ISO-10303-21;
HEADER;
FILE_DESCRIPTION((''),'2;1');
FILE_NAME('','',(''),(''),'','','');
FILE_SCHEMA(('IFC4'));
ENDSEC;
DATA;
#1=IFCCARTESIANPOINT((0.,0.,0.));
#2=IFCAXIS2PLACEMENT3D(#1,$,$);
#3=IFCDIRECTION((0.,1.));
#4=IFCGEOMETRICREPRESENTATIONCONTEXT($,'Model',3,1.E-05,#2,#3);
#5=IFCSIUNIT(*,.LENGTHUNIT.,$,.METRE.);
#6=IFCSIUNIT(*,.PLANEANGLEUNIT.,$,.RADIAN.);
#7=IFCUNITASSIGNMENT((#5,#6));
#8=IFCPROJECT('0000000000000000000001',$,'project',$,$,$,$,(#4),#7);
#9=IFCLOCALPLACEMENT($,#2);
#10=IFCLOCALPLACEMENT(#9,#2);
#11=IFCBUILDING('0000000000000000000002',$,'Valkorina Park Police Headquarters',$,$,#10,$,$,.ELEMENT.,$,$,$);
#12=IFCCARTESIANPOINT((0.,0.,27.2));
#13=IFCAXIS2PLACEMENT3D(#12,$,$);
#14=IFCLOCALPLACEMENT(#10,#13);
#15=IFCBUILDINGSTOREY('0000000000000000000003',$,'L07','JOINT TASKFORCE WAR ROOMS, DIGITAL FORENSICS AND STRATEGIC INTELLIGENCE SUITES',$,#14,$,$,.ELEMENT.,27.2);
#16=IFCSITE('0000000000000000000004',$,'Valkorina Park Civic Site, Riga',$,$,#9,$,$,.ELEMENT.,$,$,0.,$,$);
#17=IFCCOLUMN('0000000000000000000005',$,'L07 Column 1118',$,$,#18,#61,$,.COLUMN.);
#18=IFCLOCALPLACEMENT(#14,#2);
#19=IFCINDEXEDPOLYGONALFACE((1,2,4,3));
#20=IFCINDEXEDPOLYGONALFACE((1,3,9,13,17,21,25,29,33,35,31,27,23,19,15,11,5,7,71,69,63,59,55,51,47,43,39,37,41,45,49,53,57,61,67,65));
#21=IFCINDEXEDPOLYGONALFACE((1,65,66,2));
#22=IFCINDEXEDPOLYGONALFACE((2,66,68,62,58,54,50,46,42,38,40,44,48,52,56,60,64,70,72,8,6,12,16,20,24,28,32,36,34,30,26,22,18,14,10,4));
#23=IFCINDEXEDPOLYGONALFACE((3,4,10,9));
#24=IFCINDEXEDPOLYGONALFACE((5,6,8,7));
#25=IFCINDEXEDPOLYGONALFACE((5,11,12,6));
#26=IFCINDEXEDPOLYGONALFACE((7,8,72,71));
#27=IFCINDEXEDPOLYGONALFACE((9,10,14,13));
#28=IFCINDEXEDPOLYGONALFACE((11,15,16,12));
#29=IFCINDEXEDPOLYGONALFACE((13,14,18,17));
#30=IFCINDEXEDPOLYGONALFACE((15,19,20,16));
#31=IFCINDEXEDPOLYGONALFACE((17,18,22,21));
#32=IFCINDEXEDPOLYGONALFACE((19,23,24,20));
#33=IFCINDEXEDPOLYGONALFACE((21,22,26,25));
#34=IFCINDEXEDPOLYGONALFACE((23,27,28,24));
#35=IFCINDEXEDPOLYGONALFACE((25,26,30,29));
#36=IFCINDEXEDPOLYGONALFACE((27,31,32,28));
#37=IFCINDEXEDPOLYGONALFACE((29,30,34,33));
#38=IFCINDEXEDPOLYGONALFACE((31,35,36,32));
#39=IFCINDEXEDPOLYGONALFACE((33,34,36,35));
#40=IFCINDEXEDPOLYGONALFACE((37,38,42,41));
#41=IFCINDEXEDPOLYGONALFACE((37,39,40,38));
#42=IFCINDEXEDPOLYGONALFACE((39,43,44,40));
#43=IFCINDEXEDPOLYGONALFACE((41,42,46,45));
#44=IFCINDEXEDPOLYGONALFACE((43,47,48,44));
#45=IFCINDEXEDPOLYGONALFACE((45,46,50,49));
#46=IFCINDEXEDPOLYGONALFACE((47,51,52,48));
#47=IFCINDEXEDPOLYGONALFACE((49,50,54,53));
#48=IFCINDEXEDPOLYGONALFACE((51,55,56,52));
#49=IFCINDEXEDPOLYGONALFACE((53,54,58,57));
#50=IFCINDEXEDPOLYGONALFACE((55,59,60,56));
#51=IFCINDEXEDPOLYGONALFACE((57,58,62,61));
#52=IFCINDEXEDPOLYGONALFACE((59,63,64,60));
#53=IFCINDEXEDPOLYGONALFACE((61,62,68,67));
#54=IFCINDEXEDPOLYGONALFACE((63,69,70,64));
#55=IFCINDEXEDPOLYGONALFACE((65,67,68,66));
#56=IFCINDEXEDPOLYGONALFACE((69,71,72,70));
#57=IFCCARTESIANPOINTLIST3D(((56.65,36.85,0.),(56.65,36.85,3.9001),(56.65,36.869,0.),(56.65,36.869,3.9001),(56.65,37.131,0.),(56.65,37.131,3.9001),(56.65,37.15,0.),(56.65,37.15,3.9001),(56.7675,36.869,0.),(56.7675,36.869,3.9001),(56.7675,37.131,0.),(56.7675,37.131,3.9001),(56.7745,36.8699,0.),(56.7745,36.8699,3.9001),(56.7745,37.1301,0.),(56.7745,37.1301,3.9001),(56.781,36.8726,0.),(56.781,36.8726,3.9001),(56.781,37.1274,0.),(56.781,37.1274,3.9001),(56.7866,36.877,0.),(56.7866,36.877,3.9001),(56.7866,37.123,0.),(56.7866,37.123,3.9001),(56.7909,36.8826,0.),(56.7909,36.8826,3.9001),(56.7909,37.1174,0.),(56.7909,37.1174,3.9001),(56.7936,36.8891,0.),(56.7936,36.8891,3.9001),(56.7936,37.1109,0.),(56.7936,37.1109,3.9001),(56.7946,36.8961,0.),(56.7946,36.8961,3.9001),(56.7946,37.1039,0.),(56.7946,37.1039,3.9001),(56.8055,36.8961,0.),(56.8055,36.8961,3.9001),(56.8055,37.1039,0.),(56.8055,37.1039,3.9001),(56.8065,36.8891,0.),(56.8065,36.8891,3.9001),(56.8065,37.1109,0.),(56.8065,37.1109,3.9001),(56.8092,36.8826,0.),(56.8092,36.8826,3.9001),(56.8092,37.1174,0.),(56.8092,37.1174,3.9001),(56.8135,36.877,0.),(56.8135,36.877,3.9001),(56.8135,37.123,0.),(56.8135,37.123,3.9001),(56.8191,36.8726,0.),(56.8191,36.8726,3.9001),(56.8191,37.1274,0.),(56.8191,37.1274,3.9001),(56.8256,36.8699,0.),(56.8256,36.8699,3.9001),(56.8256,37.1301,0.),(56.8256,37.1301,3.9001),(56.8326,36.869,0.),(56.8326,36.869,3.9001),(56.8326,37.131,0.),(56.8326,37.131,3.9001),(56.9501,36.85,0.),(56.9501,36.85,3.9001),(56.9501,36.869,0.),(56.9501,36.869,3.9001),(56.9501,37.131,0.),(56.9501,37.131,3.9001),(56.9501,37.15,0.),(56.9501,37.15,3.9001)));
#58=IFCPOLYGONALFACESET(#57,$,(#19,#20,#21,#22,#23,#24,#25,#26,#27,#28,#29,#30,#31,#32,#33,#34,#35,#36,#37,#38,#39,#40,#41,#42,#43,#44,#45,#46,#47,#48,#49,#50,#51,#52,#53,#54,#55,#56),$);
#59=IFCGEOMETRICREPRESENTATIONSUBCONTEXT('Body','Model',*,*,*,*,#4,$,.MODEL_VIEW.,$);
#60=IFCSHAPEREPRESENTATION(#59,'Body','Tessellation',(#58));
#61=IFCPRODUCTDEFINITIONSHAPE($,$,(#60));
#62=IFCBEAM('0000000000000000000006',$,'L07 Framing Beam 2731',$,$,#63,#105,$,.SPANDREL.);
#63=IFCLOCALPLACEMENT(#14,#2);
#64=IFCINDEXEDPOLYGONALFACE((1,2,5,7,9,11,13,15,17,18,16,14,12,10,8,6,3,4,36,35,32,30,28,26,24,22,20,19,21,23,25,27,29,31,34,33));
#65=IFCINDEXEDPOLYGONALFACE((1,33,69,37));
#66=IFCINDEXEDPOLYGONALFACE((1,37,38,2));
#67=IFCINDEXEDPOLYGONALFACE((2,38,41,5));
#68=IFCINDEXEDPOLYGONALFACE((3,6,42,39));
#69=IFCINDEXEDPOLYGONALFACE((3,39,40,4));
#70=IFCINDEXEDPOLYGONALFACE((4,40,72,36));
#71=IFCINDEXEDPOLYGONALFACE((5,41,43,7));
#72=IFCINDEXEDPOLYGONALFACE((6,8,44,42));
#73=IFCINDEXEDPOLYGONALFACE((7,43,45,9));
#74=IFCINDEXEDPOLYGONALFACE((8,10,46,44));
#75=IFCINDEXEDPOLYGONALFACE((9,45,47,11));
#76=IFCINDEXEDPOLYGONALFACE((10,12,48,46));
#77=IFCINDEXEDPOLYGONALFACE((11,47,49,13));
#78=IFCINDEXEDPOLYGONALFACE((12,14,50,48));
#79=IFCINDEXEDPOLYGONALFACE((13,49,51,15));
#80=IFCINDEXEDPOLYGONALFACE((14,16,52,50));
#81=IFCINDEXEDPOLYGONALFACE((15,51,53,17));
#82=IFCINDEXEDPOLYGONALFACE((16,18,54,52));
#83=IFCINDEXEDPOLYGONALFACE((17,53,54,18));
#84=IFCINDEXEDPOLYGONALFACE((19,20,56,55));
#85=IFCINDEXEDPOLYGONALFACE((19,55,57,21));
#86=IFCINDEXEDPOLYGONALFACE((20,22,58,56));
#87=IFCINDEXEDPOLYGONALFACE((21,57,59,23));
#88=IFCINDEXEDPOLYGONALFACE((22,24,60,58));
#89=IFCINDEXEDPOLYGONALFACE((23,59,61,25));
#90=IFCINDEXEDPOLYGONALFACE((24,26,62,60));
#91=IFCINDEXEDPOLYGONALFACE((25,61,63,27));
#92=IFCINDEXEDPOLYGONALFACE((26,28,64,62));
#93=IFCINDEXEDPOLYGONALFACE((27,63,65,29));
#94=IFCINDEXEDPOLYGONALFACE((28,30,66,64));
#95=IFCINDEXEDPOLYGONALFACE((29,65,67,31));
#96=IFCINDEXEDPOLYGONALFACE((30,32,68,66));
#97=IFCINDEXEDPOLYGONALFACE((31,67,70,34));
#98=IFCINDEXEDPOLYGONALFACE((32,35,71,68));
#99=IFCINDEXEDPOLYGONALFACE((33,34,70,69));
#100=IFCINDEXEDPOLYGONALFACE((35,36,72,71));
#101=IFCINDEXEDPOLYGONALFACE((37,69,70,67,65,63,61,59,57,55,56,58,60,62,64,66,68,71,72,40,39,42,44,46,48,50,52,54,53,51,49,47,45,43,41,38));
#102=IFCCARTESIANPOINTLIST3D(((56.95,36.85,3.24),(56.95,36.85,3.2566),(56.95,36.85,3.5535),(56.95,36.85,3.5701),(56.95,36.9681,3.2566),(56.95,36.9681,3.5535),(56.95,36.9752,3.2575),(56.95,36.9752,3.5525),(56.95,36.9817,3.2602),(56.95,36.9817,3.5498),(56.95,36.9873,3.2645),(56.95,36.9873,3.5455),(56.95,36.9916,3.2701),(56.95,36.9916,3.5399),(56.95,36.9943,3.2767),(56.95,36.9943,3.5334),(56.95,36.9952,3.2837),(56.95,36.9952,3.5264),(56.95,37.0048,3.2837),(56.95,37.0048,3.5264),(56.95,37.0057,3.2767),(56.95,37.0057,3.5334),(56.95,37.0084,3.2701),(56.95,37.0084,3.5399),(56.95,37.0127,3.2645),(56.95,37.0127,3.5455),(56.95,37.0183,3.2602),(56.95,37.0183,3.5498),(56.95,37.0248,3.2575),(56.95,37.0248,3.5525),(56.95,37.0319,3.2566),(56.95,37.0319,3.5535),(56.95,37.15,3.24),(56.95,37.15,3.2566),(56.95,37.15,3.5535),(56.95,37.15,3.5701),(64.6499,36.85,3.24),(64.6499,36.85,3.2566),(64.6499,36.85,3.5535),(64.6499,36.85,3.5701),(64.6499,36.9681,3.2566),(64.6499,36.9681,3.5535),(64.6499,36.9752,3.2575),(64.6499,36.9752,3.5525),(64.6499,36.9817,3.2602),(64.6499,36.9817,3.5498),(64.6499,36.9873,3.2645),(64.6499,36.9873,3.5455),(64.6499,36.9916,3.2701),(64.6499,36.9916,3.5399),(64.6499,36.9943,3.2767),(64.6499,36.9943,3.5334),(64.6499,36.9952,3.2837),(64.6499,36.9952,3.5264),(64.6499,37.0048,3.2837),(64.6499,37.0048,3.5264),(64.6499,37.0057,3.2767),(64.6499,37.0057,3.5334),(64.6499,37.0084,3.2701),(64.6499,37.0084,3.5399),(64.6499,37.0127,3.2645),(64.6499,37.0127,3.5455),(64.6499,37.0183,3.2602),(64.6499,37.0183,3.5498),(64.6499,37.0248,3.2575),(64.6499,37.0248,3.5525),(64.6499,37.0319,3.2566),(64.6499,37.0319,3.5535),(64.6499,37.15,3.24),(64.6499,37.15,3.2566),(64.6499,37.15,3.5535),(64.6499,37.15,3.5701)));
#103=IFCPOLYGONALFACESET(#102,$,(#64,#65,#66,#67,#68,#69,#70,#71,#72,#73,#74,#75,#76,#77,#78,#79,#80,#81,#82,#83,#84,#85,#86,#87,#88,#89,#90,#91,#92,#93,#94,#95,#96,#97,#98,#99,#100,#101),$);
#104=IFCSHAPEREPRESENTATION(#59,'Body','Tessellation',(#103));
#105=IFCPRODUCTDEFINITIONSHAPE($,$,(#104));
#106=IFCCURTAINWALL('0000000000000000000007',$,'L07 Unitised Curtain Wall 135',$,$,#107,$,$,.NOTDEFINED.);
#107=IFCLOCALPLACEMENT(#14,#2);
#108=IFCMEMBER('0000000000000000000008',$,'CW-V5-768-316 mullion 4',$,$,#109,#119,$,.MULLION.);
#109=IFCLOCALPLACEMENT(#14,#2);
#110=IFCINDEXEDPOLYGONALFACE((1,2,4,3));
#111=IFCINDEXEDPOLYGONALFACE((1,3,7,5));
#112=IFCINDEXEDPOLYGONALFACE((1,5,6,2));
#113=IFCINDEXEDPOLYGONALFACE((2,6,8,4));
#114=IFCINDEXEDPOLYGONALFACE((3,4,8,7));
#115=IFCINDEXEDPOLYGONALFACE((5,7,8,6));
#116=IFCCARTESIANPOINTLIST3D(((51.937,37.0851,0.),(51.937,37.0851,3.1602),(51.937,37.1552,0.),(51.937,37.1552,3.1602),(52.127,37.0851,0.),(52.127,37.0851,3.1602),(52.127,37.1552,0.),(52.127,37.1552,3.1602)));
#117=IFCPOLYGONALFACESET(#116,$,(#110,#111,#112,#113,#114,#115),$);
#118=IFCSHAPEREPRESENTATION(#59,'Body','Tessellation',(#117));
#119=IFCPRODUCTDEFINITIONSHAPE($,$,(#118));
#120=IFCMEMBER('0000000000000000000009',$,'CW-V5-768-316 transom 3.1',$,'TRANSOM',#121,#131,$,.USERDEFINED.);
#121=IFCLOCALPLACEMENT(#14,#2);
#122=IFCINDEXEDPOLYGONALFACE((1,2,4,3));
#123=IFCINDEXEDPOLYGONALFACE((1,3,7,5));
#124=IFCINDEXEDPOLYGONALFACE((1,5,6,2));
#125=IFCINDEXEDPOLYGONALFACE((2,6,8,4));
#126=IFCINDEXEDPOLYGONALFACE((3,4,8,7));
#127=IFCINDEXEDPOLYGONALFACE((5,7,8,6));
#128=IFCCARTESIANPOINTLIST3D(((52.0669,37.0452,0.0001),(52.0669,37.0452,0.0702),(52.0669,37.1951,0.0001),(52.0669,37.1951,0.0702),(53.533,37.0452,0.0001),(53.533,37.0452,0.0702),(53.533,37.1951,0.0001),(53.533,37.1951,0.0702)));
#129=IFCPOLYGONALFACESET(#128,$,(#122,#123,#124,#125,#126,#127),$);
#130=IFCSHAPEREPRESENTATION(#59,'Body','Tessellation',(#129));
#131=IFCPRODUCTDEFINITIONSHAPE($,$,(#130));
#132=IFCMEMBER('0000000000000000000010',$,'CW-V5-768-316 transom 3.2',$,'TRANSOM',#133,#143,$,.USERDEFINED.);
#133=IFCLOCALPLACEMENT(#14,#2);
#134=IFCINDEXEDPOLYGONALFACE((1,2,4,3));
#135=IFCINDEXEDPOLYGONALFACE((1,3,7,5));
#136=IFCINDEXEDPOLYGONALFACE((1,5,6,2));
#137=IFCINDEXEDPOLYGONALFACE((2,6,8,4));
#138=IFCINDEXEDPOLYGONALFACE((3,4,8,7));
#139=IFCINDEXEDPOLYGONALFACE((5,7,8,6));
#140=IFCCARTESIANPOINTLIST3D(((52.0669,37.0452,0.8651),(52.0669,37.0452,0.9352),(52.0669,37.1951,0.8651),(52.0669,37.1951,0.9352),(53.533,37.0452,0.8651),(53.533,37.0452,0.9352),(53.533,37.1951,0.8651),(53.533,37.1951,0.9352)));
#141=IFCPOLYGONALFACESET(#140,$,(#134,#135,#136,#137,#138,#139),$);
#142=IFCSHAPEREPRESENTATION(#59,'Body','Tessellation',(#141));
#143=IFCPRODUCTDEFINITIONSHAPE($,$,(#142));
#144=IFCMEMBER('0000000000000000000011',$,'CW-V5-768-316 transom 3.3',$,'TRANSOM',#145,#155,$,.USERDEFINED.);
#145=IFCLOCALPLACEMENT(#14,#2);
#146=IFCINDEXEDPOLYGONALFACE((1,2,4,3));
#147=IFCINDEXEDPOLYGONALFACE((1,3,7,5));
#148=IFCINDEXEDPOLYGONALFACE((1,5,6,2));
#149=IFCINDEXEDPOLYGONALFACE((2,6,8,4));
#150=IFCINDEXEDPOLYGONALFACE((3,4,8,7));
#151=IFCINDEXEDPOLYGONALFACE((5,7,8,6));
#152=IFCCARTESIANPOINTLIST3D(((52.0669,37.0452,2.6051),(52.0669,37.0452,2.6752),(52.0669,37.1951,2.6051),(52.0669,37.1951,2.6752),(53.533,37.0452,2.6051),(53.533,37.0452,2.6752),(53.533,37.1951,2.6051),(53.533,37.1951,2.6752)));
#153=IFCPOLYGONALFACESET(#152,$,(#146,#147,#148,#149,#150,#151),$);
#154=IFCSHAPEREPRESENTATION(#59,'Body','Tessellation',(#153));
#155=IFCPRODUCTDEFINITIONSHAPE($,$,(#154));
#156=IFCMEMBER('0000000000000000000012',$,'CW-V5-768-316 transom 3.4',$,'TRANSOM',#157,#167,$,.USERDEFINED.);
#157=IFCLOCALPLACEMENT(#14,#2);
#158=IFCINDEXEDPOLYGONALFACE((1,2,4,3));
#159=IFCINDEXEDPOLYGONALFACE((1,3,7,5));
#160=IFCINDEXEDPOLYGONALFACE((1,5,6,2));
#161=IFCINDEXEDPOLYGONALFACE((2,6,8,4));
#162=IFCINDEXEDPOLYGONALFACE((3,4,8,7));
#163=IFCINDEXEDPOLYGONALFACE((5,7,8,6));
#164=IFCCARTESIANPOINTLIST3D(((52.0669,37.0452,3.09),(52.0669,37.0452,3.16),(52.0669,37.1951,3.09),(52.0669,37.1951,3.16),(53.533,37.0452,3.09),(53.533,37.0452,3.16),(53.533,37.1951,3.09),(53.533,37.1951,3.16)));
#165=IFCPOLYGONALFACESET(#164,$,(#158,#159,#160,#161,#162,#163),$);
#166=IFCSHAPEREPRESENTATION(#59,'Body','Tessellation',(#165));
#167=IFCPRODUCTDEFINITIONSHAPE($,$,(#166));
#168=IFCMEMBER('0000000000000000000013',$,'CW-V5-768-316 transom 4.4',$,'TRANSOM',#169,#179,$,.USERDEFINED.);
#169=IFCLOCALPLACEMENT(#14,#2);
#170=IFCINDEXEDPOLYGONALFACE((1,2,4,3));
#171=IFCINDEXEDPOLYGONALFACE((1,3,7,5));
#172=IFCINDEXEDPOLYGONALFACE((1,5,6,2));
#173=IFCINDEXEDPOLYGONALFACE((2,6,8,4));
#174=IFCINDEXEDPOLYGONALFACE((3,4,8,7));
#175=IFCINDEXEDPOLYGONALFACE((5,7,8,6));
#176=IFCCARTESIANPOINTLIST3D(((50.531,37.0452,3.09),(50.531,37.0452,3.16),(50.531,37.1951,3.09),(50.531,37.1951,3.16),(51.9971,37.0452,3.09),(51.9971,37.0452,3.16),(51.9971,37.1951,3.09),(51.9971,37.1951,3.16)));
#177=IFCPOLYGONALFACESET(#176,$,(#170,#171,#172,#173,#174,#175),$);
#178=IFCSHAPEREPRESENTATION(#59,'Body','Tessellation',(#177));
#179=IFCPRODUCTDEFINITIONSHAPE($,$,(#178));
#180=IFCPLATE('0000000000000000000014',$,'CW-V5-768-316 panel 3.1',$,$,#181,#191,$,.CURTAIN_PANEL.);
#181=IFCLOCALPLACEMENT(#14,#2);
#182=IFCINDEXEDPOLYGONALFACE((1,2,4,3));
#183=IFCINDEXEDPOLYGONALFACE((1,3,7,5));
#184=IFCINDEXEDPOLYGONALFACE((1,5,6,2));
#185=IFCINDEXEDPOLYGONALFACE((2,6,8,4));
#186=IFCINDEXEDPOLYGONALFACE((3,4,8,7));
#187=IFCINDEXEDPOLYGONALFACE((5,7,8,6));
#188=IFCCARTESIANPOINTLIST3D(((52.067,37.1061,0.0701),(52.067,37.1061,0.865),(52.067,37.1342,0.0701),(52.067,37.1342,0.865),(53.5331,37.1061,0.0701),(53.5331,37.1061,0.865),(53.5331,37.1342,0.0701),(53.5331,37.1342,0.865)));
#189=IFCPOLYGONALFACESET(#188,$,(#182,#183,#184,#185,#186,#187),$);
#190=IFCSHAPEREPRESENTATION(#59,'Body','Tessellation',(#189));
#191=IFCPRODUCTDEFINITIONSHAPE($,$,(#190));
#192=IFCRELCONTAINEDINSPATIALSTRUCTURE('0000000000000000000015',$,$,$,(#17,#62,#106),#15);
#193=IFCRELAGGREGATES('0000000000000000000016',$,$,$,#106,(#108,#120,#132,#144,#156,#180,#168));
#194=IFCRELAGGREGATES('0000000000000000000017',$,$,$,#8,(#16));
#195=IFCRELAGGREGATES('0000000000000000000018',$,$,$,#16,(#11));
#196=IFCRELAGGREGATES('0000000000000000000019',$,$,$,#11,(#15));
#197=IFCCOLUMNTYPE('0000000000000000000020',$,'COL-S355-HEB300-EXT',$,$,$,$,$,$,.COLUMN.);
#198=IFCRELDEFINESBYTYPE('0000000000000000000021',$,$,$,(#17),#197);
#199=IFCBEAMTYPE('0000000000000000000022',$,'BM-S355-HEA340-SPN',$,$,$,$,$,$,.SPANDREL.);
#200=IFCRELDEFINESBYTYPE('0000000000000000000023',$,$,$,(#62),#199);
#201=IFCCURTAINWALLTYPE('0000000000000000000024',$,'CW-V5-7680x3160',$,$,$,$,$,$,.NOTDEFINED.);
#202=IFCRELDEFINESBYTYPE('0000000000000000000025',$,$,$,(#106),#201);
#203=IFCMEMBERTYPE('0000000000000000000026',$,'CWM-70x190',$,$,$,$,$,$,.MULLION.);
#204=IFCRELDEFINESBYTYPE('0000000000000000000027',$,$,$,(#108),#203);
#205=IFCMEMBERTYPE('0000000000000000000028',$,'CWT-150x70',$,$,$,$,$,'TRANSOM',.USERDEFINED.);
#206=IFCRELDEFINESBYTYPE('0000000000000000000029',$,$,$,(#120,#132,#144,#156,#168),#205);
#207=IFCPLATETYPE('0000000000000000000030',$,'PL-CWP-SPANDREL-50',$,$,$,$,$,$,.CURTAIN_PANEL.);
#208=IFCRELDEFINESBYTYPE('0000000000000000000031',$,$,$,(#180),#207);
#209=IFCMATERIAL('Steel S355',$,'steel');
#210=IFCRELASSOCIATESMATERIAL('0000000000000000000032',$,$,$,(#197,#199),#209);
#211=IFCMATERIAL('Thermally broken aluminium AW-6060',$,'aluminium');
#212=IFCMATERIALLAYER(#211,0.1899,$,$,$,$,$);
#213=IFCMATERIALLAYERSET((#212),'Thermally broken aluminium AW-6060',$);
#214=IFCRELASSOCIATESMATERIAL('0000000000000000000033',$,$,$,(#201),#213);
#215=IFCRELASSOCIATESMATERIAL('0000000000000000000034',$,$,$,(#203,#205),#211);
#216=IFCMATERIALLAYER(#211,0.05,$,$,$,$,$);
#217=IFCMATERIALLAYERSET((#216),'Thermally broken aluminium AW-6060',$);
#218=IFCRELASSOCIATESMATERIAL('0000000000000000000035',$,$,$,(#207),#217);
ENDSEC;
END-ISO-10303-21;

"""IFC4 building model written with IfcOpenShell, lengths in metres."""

from ifc_helpers import new_model, si_unit, direction, frame, origin, origin_2d, place, context, subcontext, project, spatial, rectangle, i_section, extrude, material, layer, layer_set, material_profile, profile_set, type_object, element, aggregate, save


model = new_model("IFC4")

# Units and contexts
model_context = context("Model", 3, precision=1e-05, world=origin(), true_north=direction((0.0, 1.0)))
body_context = subcontext(model_context, "Body", "Model", "MODEL_VIEW")
ifc_project = project(units=[si_unit("LENGTHUNIT", "METRE"), si_unit("PLANEANGLEUNIT", "RADIAN")], contexts=[model_context])

# Site, building, storey
site_placement = place(None, origin())
site = spatial("IfcSite", under=ifc_project, at=site_placement, Name="Valkorina Park Civic Site, Riga", CompositionType="ELEMENT", RefElevation=0.0)
building_placement = place(site_placement, origin())
building = spatial("IfcBuilding", under=site, at=building_placement, Name="Valkorina Park Police Headquarters", CompositionType="ELEMENT")
storey_placement = place(building_placement, frame((0.0, 0.0, 27.2)))
storey = spatial("IfcBuildingStorey", under=building, at=storey_placement, Name="L07", Description="JOINT TASKFORCE WAR ROOMS, DIGITAL FORENSICS AND STRATEGIC INTELLIGENCE SUITES", CompositionType="ELEMENT", Elevation=27.2)

# Column
ifc_material_1 = material(Name="Steel S355", Category="steel")
ifc_material_profile_1 = material_profile(ifc_material_1, i_section(OverallWidth=0.3, OverallDepth=0.3, WebThickness=0.011, FlangeThickness=0.019, FilletRadius=0.0271, at=origin_2d()), Name="HEB 300")
ifc_profile_set_1 = profile_set([ifc_material_profile_1], Name="Steel S355")
column_type = type_object("IfcColumnType", Name="COL-S355-HEB300-EXT", PredefinedType="COLUMN", material=ifc_profile_set_1)
column_placement = place(storey_placement, frame((56.8, 37.0, 0.0), z_axis=(0.0, 0.0, 1.0), x_axis=(1.0, 0.0, 0.0)))
element("IfcColumn", 1, at=column_placement, inside=storey, type_object=column_type, Name="L07 Column 1118", PredefinedType="COLUMN", context=body_context, shape_type="SweptSolid", body=[
    extrude(i_section(OverallWidth=0.3, OverallDepth=0.3, WebThickness=0.011, FlangeThickness=0.019, FilletRadius=0.0271, at=origin_2d()), origin(), (0.0, 0.0, 1.0), 3.9001),
])

# Beam
ifc_material_profile_2 = material_profile(ifc_material_1, i_section(OverallWidth=0.3, OverallDepth=0.3301, WebThickness=0.0095, FlangeThickness=0.0166, FilletRadius=0.0271, at=origin_2d()), Name="HEA 340")
ifc_profile_set_2 = profile_set([ifc_material_profile_2], Name="Steel S355")
beam_type = type_object("IfcBeamType", Name="BM-S355-HEA340-SPN", PredefinedType="SPANDREL", material=ifc_profile_set_2)
beam_placement = place(storey_placement, frame((56.95, 37.0, 3.405), z_axis=(1.0, 0.0, 0.0), x_axis=(0.0, 1.0, 0.0)))
element("IfcBeam", 2, at=beam_placement, inside=storey, type_object=beam_type, Name="L07 Framing Beam 2731", PredefinedType="SPANDREL", context=body_context, shape_type="SweptSolid", body=[
    extrude(i_section(OverallWidth=0.3, OverallDepth=0.3301, WebThickness=0.0095, FlangeThickness=0.0166, FilletRadius=0.0271, at=origin_2d()), origin(), (0.0, 0.0, 1.0), 7.7),
])

# Curtain wall, members, plate
ifc_material_2 = material(Name="Thermally broken aluminium AW-6060", Category="aluminium")
ifc_layer_1 = layer(ifc_material_2, 0.1899)
ifc_layer_set_1 = layer_set([ifc_layer_1], Name="Thermally broken aluminium AW-6060")
curtain_wall_type = type_object("IfcCurtainWallType", Name="CW-V5-7680x3160", PredefinedType="NOTDEFINED", material=ifc_layer_set_1)
curtain_wall_placement = place(storey_placement, origin())
curtain_wall = element("IfcCurtainWall", 3, at=curtain_wall_placement, inside=storey, type_object=curtain_wall_type, Name="L07 Unitised Curtain Wall 135", PredefinedType="NOTDEFINED")
ifc_material_profile_3 = material_profile(ifc_material_2, rectangle(XDim=0.0701, YDim=0.1899, at=origin_2d()), Name="CWM-02 70x190")
ifc_profile_set_3 = profile_set([ifc_material_profile_3], Name="Thermally broken aluminium AW-6060")
member_type_1 = type_object("IfcMemberType", Name="CWM-70x190", PredefinedType="MULLION", material=ifc_profile_set_3)
member_1_placement = place(storey_placement, frame((52.032, 37.1201, 0.0), z_axis=(0.0, 0.0, 1.0), x_axis=(0.0, -1.0, 0.0)))
member_1 = element("IfcMember", 4, at=member_1_placement, type_object=member_type_1, Name="CW-V5-768-316 mullion 4", PredefinedType="MULLION", context=body_context, shape_type="SweptSolid", body=[
    extrude(rectangle(XDim=0.0701, YDim=0.1899, at=origin_2d()), origin(), (0.0, 0.0, 1.0), 3.1602),
])
ifc_material_profile_4 = material_profile(ifc_material_2, rectangle(XDim=0.1499, YDim=0.0701, at=origin_2d()), Name="CWT-02 150x70")
ifc_profile_set_4 = profile_set([ifc_material_profile_4], Name="Thermally broken aluminium AW-6060")
member_type_2 = type_object("IfcMemberType", Name="CWT-150x70", ElementType="TRANSOM", PredefinedType="USERDEFINED", material=ifc_profile_set_4)
member_2_placement = place(storey_placement, frame((53.533, 37.1201, 0.0352), z_axis=(-1.0, 0.0, 0.0), x_axis=(0.0, -1.0, 0.0)))
member_2 = element("IfcMember", 5, at=member_2_placement, type_object=member_type_2, Name="CW-V5-768-316 transom 3.1", ObjectType="TRANSOM", PredefinedType="USERDEFINED", context=body_context, shape_type="SweptSolid", body=[
    extrude(rectangle(XDim=0.1499, YDim=0.0701, at=origin_2d()), origin(), (0.0, 0.0, 1.0), 1.4661),
])
member_3_placement = place(storey_placement, frame((53.533, 37.1201, 0.9001), z_axis=(-1.0, 0.0, 0.0), x_axis=(0.0, -1.0, 0.0)))
member_3 = element("IfcMember", 6, at=member_3_placement, type_object=member_type_2, Name="CW-V5-768-316 transom 3.2", ObjectType="TRANSOM", PredefinedType="USERDEFINED", context=body_context, shape_type="SweptSolid", body=[
    extrude(rectangle(XDim=0.1499, YDim=0.0701, at=origin_2d()), origin(), (0.0, 0.0, 1.0), 1.4661),
])
member_4_placement = place(storey_placement, frame((53.533, 37.1201, 2.6401), z_axis=(-1.0, 0.0, 0.0), x_axis=(0.0, -1.0, 0.0)))
member_4 = element("IfcMember", 7, at=member_4_placement, type_object=member_type_2, Name="CW-V5-768-316 transom 3.3", ObjectType="TRANSOM", PredefinedType="USERDEFINED", context=body_context, shape_type="SweptSolid", body=[
    extrude(rectangle(XDim=0.1499, YDim=0.0701, at=origin_2d()), origin(), (0.0, 0.0, 1.0), 1.4661),
])
member_5_placement = place(storey_placement, frame((53.533, 37.1201, 3.125), z_axis=(-1.0, 0.0, 0.0), x_axis=(0.0, -1.0, 0.0)))
member_5 = element("IfcMember", 8, at=member_5_placement, type_object=member_type_2, Name="CW-V5-768-316 transom 3.4", ObjectType="TRANSOM", PredefinedType="USERDEFINED", context=body_context, shape_type="SweptSolid", body=[
    extrude(rectangle(XDim=0.1499, YDim=0.0701, at=origin_2d()), origin(), (0.0, 0.0, 1.0), 1.4661),
])
member_6_placement = place(storey_placement, frame((51.9971, 37.1201, 3.125), z_axis=(-1.0, 0.0, 0.0), x_axis=(0.0, -1.0, 0.0)))
member_6 = element("IfcMember", 9, at=member_6_placement, type_object=member_type_2, Name="CW-V5-768-316 transom 4.4", ObjectType="TRANSOM", PredefinedType="USERDEFINED", context=body_context, shape_type="SweptSolid", body=[
    extrude(rectangle(XDim=0.1499, YDim=0.0701, at=origin_2d()), origin(), (0.0, 0.0, 1.0), 1.4661),
])
ifc_layer_2 = layer(ifc_material_2, 0.05)
ifc_layer_set_2 = layer_set([ifc_layer_2], Name="Thermally broken aluminium AW-6060")
plate_type_1 = type_object("IfcPlateType", Name="PL-CWP-SPANDREL-50", PredefinedType="CURTAIN_PANEL", material=ifc_layer_set_2)
plate_1_placement = place(storey_placement, frame((52.8, 37.1201, 0.0701), z_axis=(0.0, 0.0, 1.0), x_axis=(-1.0, 0.0, 0.0)))
plate_1 = element("IfcPlate", 10, at=plate_1_placement, type_object=plate_type_1, Name="CW-V5-768-316 panel 3.1", PredefinedType="CURTAIN_PANEL", context=body_context, shape_type="SweptSolid", body=[
    extrude(rectangle(XDim=1.4661, YDim=0.0281, at=origin_2d()), origin(), (0.0, 0.0, 1.0), 0.7949),
])
aggregate(curtain_wall, [member_1, member_2, member_3, member_4, member_5, plate_1, member_6])

save(model, "model.ifc")
